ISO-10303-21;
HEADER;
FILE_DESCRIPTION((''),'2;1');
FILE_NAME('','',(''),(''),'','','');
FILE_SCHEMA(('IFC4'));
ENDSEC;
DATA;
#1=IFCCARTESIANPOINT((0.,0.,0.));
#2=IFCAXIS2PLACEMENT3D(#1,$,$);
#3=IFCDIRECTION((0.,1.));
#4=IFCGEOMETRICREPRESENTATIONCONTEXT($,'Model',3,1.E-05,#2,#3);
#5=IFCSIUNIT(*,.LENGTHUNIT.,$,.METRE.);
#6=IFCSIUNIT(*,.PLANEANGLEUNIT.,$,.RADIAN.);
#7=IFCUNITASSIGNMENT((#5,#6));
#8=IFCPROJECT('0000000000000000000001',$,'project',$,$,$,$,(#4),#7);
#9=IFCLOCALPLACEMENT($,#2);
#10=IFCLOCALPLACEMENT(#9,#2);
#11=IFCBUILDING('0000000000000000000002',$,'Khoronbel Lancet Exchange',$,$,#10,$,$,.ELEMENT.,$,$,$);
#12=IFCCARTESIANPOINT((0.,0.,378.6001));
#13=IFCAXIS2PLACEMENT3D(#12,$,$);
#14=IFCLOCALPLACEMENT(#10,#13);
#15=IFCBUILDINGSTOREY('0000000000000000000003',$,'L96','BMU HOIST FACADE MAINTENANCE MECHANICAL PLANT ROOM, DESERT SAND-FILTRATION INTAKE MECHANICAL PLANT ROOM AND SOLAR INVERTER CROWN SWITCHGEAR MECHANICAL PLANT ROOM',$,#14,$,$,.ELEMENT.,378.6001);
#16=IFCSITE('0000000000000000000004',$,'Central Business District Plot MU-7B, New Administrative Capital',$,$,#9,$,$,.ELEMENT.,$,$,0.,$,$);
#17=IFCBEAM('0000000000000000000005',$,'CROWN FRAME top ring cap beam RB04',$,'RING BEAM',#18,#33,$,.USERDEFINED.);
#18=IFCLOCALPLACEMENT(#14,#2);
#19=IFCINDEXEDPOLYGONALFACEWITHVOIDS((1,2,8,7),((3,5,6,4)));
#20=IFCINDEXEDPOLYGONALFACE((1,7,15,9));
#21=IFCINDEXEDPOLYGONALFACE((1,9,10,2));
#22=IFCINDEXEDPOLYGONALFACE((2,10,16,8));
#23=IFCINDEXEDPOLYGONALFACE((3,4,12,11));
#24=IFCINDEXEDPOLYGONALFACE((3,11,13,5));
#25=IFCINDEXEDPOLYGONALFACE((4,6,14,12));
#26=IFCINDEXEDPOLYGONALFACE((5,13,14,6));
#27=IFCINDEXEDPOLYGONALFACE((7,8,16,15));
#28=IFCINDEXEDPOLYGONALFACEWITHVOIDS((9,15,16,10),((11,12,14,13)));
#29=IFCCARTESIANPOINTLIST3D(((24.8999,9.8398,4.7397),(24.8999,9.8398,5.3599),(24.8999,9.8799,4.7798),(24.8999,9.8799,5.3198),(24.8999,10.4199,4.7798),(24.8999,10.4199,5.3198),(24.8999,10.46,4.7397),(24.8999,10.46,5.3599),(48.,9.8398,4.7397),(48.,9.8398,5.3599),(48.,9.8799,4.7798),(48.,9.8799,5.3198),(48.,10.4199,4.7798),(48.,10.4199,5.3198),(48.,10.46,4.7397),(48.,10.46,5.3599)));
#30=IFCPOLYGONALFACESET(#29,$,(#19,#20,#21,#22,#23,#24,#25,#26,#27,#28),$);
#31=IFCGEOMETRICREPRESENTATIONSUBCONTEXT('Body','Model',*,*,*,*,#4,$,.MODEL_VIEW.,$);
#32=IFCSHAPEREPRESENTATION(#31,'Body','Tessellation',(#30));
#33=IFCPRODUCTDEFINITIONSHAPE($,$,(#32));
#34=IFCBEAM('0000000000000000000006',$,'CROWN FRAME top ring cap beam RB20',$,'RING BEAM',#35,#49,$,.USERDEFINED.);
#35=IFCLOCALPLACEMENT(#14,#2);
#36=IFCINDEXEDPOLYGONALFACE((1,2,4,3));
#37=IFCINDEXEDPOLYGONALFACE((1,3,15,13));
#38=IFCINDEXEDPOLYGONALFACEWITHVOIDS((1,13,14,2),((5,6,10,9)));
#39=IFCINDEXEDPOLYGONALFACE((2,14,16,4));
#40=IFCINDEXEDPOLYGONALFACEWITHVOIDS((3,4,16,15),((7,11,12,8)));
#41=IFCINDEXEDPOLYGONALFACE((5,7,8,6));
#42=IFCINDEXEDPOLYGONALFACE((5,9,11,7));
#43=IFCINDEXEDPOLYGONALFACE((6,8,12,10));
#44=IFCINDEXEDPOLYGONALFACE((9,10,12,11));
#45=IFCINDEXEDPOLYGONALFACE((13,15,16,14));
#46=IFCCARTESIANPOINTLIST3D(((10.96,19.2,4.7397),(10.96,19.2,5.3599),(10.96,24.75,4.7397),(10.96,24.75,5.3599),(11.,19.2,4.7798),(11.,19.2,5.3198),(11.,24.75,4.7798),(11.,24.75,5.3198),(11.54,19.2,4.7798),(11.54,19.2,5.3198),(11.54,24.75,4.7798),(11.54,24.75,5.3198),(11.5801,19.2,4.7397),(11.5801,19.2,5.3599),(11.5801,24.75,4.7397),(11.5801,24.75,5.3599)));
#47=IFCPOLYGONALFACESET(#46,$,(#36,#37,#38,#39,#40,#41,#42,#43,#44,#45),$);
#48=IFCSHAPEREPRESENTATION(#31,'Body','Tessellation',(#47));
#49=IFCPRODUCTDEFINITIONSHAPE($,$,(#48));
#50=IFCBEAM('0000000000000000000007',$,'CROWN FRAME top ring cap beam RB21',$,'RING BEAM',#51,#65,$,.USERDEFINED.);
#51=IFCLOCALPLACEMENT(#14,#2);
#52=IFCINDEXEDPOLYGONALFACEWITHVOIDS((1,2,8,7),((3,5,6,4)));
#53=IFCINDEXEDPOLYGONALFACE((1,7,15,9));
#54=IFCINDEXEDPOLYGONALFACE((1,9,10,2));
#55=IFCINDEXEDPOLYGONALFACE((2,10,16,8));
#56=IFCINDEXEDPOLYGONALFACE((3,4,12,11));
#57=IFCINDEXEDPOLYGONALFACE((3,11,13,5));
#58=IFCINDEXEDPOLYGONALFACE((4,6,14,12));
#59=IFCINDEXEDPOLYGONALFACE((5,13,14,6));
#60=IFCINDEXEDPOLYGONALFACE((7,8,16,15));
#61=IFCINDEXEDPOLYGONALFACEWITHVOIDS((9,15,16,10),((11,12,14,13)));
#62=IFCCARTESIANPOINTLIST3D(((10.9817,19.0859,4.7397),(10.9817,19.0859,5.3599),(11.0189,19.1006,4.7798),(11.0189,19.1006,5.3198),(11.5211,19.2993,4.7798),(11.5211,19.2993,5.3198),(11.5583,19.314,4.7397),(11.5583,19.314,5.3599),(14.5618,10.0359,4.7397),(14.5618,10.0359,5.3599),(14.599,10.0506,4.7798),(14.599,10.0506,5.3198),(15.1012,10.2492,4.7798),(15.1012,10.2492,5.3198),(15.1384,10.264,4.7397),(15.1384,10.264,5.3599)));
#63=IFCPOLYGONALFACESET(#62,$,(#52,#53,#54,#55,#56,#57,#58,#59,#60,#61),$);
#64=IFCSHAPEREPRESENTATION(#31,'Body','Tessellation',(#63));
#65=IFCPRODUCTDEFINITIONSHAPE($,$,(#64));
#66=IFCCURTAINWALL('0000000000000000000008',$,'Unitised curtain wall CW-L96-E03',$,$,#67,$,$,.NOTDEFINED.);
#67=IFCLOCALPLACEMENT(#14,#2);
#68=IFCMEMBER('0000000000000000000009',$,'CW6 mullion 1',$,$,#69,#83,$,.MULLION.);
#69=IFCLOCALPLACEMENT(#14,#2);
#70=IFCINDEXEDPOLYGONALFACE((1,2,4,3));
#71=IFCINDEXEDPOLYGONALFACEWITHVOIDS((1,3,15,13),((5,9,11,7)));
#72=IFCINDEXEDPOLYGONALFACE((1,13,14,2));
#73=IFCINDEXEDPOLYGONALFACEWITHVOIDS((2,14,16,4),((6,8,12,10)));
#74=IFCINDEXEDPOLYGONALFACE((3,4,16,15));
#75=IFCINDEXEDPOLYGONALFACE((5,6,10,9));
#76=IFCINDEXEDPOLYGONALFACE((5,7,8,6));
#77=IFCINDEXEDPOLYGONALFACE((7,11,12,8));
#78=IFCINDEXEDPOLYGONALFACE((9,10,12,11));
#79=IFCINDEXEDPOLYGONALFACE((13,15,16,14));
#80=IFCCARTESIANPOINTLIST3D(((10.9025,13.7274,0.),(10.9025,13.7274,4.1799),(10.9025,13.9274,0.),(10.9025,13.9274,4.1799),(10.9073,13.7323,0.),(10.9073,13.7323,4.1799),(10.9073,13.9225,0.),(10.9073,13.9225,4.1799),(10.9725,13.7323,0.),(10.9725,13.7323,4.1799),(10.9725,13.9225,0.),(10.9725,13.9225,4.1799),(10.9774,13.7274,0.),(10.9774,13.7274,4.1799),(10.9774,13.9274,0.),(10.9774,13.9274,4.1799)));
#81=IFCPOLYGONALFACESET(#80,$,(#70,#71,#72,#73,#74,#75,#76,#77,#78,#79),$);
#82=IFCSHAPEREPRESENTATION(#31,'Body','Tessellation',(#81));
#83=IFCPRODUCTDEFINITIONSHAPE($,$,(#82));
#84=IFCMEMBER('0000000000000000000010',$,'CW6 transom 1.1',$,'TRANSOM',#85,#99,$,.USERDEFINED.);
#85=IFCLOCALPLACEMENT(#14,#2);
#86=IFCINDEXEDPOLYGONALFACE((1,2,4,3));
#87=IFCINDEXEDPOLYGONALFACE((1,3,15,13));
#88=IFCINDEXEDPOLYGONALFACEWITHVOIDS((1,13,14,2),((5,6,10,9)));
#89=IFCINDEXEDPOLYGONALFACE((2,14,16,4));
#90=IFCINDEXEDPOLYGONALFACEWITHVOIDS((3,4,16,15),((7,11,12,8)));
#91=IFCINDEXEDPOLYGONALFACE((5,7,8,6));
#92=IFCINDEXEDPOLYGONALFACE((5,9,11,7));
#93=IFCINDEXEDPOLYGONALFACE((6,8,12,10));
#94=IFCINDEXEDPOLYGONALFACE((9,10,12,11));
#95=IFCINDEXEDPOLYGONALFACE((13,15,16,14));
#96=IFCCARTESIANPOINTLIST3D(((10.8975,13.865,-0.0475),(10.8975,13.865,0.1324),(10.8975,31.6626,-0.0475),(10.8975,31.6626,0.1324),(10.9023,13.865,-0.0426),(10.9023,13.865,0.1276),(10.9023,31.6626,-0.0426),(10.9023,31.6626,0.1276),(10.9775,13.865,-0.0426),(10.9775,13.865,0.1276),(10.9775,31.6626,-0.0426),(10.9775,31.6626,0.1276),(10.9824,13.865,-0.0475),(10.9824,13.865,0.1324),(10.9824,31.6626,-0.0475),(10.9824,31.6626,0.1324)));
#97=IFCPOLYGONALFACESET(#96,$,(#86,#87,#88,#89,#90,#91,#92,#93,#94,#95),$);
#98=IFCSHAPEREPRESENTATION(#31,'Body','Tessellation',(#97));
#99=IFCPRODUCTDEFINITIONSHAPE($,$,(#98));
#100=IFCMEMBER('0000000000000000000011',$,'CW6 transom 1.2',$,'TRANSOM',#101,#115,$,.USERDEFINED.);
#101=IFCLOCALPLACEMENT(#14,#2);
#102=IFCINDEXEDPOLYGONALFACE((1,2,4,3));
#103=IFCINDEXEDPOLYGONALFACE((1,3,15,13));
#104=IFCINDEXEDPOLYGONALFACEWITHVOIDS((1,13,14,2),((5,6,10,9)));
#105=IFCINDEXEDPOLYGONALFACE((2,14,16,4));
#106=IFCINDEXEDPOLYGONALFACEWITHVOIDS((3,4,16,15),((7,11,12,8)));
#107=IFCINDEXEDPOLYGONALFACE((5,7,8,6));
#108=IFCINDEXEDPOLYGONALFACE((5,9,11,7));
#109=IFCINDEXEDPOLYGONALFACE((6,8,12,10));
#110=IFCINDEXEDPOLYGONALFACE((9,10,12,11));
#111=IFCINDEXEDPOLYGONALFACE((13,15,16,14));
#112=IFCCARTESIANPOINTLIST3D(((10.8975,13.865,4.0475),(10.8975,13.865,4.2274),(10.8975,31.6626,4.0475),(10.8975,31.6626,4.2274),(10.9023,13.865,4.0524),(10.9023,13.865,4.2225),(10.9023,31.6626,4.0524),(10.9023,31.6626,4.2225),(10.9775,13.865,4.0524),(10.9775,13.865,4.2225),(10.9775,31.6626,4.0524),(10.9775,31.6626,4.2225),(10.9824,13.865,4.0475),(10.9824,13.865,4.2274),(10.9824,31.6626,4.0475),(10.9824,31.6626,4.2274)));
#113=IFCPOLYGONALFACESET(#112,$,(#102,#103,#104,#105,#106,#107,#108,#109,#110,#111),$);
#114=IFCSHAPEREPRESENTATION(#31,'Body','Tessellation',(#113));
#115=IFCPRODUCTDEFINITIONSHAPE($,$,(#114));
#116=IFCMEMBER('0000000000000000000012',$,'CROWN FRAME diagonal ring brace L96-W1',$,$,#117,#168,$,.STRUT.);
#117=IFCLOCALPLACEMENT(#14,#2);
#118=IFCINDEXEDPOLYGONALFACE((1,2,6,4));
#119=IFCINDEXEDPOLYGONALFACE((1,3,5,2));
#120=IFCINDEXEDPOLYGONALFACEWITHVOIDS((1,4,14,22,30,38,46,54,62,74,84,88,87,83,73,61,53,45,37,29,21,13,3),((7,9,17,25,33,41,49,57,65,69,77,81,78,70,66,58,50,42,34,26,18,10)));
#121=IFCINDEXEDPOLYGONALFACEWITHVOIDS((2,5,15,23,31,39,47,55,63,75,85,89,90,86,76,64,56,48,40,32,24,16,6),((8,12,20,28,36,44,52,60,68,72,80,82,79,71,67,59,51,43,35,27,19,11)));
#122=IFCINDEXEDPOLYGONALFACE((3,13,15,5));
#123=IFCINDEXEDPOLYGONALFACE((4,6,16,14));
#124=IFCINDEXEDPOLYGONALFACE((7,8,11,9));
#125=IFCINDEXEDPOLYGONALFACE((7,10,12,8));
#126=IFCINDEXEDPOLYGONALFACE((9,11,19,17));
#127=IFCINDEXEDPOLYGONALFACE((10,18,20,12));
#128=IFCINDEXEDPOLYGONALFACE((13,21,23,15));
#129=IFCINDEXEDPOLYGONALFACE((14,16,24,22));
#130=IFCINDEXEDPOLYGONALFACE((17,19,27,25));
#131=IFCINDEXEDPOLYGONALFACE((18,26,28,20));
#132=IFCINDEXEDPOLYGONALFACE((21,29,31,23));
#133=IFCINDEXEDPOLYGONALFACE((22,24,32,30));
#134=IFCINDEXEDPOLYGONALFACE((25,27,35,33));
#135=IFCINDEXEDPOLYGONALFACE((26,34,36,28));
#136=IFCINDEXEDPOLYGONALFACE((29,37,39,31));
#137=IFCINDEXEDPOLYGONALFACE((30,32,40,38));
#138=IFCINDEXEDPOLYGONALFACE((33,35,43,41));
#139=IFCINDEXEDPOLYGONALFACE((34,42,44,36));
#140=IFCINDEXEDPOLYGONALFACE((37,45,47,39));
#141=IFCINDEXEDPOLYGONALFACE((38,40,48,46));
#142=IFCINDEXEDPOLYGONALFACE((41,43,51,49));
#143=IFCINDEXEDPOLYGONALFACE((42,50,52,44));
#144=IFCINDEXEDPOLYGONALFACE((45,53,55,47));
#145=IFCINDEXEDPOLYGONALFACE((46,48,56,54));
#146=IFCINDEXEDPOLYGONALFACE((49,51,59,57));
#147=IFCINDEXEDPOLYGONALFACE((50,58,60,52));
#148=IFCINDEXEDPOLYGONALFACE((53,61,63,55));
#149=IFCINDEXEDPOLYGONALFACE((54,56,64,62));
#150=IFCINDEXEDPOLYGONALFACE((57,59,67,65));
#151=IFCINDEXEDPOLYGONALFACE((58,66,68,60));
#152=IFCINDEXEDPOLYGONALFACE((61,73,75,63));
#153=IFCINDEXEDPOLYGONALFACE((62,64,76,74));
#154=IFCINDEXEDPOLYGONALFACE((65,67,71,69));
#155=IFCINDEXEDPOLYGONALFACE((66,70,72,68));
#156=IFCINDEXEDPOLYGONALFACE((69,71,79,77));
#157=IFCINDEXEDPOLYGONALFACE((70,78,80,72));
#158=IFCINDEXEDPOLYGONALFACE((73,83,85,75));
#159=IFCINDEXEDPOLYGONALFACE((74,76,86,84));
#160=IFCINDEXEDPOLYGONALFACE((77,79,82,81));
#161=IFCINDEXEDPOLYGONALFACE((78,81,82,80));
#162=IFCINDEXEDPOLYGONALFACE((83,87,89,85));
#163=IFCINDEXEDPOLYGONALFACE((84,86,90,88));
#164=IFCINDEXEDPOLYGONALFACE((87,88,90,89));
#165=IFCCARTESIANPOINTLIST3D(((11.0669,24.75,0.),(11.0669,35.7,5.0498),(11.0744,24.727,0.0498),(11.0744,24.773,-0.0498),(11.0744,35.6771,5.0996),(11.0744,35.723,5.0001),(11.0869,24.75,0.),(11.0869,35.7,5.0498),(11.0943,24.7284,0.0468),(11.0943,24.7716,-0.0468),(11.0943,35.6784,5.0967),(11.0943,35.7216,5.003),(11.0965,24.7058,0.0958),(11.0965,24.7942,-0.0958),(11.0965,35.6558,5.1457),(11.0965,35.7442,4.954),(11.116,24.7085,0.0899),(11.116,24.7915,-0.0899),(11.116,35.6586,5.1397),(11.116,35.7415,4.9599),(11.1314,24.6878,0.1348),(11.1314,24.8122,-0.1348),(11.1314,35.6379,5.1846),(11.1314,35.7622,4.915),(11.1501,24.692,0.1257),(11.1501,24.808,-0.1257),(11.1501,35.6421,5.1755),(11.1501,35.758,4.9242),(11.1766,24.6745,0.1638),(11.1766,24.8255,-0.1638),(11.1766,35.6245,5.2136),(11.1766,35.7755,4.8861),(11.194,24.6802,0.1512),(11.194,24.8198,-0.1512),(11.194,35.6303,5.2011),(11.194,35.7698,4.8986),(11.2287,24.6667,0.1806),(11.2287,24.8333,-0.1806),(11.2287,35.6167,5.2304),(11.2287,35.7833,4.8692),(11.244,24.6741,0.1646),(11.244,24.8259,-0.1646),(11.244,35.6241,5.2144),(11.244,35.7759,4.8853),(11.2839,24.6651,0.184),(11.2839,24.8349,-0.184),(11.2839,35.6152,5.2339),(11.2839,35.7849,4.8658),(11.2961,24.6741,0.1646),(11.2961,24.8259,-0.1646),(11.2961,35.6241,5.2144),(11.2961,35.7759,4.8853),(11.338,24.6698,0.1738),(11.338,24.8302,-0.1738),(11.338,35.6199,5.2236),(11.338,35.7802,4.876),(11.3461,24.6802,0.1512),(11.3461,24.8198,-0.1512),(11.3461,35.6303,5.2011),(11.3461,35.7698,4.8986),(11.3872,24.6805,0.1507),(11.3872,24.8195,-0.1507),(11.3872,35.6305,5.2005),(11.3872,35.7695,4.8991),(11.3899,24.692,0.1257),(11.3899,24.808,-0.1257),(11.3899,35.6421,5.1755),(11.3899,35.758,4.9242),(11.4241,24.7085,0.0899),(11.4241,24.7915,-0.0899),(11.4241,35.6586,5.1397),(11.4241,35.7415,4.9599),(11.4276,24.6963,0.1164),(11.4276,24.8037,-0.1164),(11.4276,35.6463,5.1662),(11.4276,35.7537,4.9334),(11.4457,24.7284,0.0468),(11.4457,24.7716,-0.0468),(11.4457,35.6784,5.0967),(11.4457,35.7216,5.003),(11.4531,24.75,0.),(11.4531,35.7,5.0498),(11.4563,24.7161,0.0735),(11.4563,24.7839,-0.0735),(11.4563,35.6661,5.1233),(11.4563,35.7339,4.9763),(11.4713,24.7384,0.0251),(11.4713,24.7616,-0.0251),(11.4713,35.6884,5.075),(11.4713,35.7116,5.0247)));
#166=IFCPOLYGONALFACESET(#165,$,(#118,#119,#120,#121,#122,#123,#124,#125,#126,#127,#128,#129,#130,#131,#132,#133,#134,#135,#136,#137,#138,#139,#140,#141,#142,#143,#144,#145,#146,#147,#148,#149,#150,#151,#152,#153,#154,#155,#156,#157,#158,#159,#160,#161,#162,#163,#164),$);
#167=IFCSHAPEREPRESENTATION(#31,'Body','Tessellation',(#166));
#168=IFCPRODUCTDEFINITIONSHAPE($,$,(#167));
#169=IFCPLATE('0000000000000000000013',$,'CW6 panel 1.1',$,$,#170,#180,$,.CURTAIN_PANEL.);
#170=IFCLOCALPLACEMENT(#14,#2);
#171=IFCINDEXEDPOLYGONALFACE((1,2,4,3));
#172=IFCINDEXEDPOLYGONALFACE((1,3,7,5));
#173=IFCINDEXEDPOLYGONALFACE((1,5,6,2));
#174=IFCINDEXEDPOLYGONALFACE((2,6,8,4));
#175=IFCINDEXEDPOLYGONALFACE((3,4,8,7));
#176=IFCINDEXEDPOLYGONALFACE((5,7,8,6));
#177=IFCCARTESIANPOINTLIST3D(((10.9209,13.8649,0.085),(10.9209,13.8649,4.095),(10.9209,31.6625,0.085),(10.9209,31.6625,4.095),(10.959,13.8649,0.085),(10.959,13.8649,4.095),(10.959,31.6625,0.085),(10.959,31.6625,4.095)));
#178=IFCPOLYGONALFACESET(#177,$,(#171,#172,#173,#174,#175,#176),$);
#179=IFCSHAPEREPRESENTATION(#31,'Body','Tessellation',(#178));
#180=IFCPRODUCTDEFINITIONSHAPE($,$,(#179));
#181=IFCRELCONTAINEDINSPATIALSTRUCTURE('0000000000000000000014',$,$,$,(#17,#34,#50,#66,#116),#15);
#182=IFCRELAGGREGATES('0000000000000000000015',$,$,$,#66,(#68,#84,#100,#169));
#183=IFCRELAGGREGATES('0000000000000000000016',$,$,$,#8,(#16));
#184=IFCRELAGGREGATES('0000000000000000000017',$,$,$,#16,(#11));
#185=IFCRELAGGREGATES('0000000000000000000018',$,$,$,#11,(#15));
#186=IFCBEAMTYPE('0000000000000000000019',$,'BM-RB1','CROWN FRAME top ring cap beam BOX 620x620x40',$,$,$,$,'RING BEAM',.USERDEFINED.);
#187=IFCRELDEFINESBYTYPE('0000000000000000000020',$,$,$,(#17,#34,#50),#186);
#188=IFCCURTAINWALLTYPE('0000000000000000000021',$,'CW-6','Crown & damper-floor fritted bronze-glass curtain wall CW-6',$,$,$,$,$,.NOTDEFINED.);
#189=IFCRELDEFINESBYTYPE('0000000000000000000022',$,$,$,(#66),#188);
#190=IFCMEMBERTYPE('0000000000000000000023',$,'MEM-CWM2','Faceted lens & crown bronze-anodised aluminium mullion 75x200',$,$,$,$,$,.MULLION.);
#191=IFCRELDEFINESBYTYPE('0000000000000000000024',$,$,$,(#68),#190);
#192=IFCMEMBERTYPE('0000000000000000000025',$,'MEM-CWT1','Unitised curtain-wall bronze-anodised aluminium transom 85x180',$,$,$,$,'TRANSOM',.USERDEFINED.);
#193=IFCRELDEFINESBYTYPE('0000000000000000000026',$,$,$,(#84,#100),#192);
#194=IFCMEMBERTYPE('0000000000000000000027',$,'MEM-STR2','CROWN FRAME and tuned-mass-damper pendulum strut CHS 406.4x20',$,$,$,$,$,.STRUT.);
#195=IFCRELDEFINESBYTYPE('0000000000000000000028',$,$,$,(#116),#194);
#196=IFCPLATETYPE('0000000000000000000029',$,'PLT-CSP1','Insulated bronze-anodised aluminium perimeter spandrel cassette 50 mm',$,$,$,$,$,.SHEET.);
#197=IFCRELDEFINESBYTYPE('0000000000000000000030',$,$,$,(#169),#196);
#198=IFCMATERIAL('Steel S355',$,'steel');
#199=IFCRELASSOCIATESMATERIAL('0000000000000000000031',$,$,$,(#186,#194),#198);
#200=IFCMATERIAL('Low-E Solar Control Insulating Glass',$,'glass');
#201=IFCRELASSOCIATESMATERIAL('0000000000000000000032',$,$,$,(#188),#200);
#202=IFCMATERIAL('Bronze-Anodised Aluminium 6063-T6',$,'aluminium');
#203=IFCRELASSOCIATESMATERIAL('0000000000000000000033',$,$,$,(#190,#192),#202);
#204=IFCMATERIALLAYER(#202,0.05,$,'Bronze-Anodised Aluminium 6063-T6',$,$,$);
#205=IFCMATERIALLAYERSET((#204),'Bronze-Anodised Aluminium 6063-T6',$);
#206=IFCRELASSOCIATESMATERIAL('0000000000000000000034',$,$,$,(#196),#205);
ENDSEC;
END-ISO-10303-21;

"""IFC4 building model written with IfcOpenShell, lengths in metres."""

from ifc_helpers import new_model, si_unit, direction, frame, origin, origin_2d, place, context, subcontext, project, spatial, rectangle, hollow_rectangle, hollow_circle, extrude, material, layer, layer_set, material_profile, profile_set, type_object, element, aggregate, save


model = new_model("IFC4")

# Units and contexts
model_context = context("Model", 3, precision=1e-05, world=origin(), true_north=direction((0.0, 1.0)))
body_context = subcontext(model_context, "Body", "Model", "MODEL_VIEW")
ifc_project = project(units=[si_unit("LENGTHUNIT", "METRE"), si_unit("PLANEANGLEUNIT", "RADIAN")], contexts=[model_context])

# Site, building, storey
site_placement = place(None, origin())
site = spatial("IfcSite", under=ifc_project, at=site_placement, Name="Central Business District Plot MU-7B, New Administrative Capital", CompositionType="ELEMENT", RefElevation=0.0)
building_placement = place(site_placement, origin())
building = spatial("IfcBuilding", under=site, at=building_placement, Name="Khoronbel Lancet Exchange", CompositionType="ELEMENT")
storey_placement = place(building_placement, frame((0.0, 0.0, 378.6001)))
storey = spatial("IfcBuildingStorey", under=building, at=storey_placement, Name="L96", Description="BMU HOIST FACADE MAINTENANCE MECHANICAL PLANT ROOM, DESERT SAND-FILTRATION INTAKE MECHANICAL PLANT ROOM AND SOLAR INVERTER CROWN SWITCHGEAR MECHANICAL PLANT ROOM", CompositionType="ELEMENT", Elevation=378.6001)

# Shared definitions
ifc_material_1 = material(Name="Steel S355", Category="steel")

# Beams
ifc_material_profile_1 = material_profile(ifc_material_1, hollow_rectangle(XDim=0.6201, YDim=0.6201, WallThickness=0.04, at=origin_2d()), Name="BOX 620x620x40")
ifc_profile_set_1 = profile_set([ifc_material_profile_1], Name="Steel S355")
beam_type_1 = type_object("IfcBeamType", Name="BM-RB1", Description="CROWN FRAME top ring cap beam BOX 620x620x40", ElementType="RING BEAM", PredefinedType="USERDEFINED", material=ifc_profile_set_1)
beam_1_placement = place(storey_placement, frame((24.8999, 10.1499, 5.0498), z_axis=(1.0, 0.0, 0.0), x_axis=(0.0, 1.0, 0.0)))
element("IfcBeam", 1, at=beam_1_placement, inside=storey, type_object=beam_type_1, Name="CROWN FRAME top ring cap beam RB04", ObjectType="RING BEAM", PredefinedType="USERDEFINED", context=body_context, shape_type="SweptSolid", body=[
    extrude(hollow_rectangle(XDim=0.6201, YDim=0.6201, WallThickness=0.04, at=origin_2d()), origin(), (0.0, 0.0, 1.0), 23.1001),
])
beam_2_placement = place(storey_placement, frame((11.27, 24.75, 5.0498), z_axis=(0.0, -1.0, 0.0), x_axis=(1.0, 0.0, 0.0)))
element("IfcBeam", 2, at=beam_2_placement, inside=storey, type_object=beam_type_1, Name="CROWN FRAME top ring cap beam RB20", ObjectType="RING BEAM", PredefinedType="USERDEFINED", context=body_context, shape_type="SweptSolid", body=[
    extrude(hollow_rectangle(XDim=0.6201, YDim=0.6201, WallThickness=0.04, at=origin_2d()), origin(), (0.0, 0.0, 1.0), 5.55),
])
beam_3_placement = place(storey_placement, frame((11.27, 19.2, 5.0498), z_axis=(0.36785, -0.929885, 0.0), x_axis=(0.929885, 0.36785, 0.0)))
element("IfcBeam", 3, at=beam_3_placement, inside=storey, type_object=beam_type_1, Name="CROWN FRAME top ring cap beam RB21", ObjectType="RING BEAM", PredefinedType="USERDEFINED", context=body_context, shape_type="SweptSolid", body=[
    extrude(hollow_rectangle(XDim=0.6201, YDim=0.6201, WallThickness=0.04, at=origin_2d()), origin(), (0.0, 0.0, 1.0), 9.7324),
])

# Curtain wall, members
ifc_material_2 = material(Name="Low-E Solar Control Insulating Glass", Category="glass")
curtain_wall_type = type_object("IfcCurtainWallType", Name="CW-6", Description="Crown & damper-floor fritted bronze-glass curtain wall CW-6", PredefinedType="NOTDEFINED", material=ifc_material_2)
curtain_wall_placement = place(storey_placement, origin())
curtain_wall = element("IfcCurtainWall", 4, at=curtain_wall_placement, inside=storey, type_object=curtain_wall_type, Name="Unitised curtain wall CW-L96-E03", PredefinedType="NOTDEFINED")
ifc_material_3 = material(Name="Bronze-Anodised Aluminium 6063-T6", Category="aluminium")
ifc_material_profile_2 = material_profile(ifc_material_3, hollow_rectangle(XDim=0.075, YDim=0.2, WallThickness=0.0049, at=origin_2d()), Name="ALU MULLION 75x200")
ifc_profile_set_2 = profile_set([ifc_material_profile_2], Name="Bronze-Anodised Aluminium 6063-T6")
member_type_1 = type_object("IfcMemberType", Name="MEM-CWM2", Description="Faceted lens & crown bronze-anodised aluminium mullion 75x200", PredefinedType="MULLION", material=ifc_profile_set_2)
member_1_placement = place(storey_placement, frame((10.9399, 13.8274, 0.0), z_axis=(0.0, 0.0, 1.0), x_axis=(-1.0, 0.0, 0.0)))
member_1 = element("IfcMember", 5, at=member_1_placement, type_object=member_type_1, Name="CW6 mullion 1", PredefinedType="MULLION", context=body_context, shape_type="SweptSolid", body=[
    extrude(hollow_rectangle(XDim=0.075, YDim=0.2, WallThickness=0.0049, at=origin_2d()), origin(), (0.0, 0.0, 1.0), 4.1799),
])
ifc_material_profile_3 = material_profile(ifc_material_3, hollow_rectangle(XDim=0.085, YDim=0.1799, WallThickness=0.0049, at=origin_2d()), Name="ALU TRANSOM 85x180")
ifc_profile_set_3 = profile_set([ifc_material_profile_3], Name="Bronze-Anodised Aluminium 6063-T6")
member_type_2 = type_object("IfcMemberType", Name="MEM-CWT1", Description="Unitised curtain-wall bronze-anodised aluminium transom 85x180", ElementType="TRANSOM", PredefinedType="USERDEFINED", material=ifc_profile_set_3)
member_2_placement = place(storey_placement, frame((10.9399, 13.865, 0.0425), z_axis=(0.0, 1.0, 0.0), x_axis=(-1.0, 0.0, 0.0)))
member_2 = element("IfcMember", 6, at=member_2_placement, type_object=member_type_2, Name="CW6 transom 1.1", ObjectType="TRANSOM", PredefinedType="USERDEFINED", context=body_context, shape_type="SweptSolid", body=[
    extrude(hollow_rectangle(XDim=0.085, YDim=0.1799, WallThickness=0.0049, at=origin_2d()), origin(), (0.0, 0.0, 1.0), 17.7976),
])
member_3_placement = place(storey_placement, frame((10.9399, 13.865, 4.1375), z_axis=(0.0, 1.0, 0.0), x_axis=(-1.0, 0.0, 0.0)))
member_3 = element("IfcMember", 7, at=member_3_placement, type_object=member_type_2, Name="CW6 transom 1.2", ObjectType="TRANSOM", PredefinedType="USERDEFINED", context=body_context, shape_type="SweptSolid", body=[
    extrude(hollow_rectangle(XDim=0.085, YDim=0.1799, WallThickness=0.0049, at=origin_2d()), origin(), (0.0, 0.0, 1.0), 17.7976),
])

# Member
ifc_material_profile_4 = material_profile(ifc_material_1, hollow_circle(Radius=0.2031, WallThickness=0.02, at=origin_2d()), Name="CHS 406.4x20")
ifc_profile_set_4 = profile_set([ifc_material_profile_4], Name="Steel S355")
member_type_3 = type_object("IfcMemberType", Name="MEM-STR2", Description="CROWN FRAME and tuned-mass-damper pendulum strut CHS 406.4x20", PredefinedType="STRUT", material=ifc_profile_set_4)
member_4_placement = place(storey_placement, frame((11.27, 24.75, 0.0), z_axis=(0.0, 0.908086, 0.418783), x_axis=(-1.0, 0.0, 0.0)))
element("IfcMember", 8, at=member_4_placement, inside=storey, type_object=member_type_3, Name="CROWN FRAME diagonal ring brace L96-W1", PredefinedType="STRUT", context=body_context, shape_type="SweptSolid", body=[
    extrude(hollow_circle(Radius=0.2031, WallThickness=0.02, at=origin_2d()), origin(), (0.0, 0.0, 1.0), 12.0583),
])

# Plate
ifc_layer_1 = layer(ifc_material_3, 0.05, Name="Bronze-Anodised Aluminium 6063-T6")
ifc_layer_set_1 = layer_set([ifc_layer_1], Name="Bronze-Anodised Aluminium 6063-T6")
plate_type_1 = type_object("IfcPlateType", Name="PLT-CSP1", Description="Insulated bronze-anodised aluminium perimeter spandrel cassette 50 mm", PredefinedType="SHEET", material=ifc_layer_set_1)
plate_1_placement = place(storey_placement, frame((10.9399, 22.7637, 0.085), z_axis=(0.0, 0.0, 1.0), x_axis=(0.0, 1.0, 0.0)))
plate_1 = element("IfcPlate", 9, at=plate_1_placement, type_object=plate_type_1, Name="CW6 panel 1.1", PredefinedType="CURTAIN_PANEL", context=body_context, shape_type="SweptSolid", body=[
    extrude(rectangle(XDim=17.7976, YDim=0.0381, at=origin_2d()), origin(), (0.0, 0.0, 1.0), 4.01),
])
aggregate(curtain_wall, [member_1, member_2, member_3, plate_1])

save(model, "model.ifc")
